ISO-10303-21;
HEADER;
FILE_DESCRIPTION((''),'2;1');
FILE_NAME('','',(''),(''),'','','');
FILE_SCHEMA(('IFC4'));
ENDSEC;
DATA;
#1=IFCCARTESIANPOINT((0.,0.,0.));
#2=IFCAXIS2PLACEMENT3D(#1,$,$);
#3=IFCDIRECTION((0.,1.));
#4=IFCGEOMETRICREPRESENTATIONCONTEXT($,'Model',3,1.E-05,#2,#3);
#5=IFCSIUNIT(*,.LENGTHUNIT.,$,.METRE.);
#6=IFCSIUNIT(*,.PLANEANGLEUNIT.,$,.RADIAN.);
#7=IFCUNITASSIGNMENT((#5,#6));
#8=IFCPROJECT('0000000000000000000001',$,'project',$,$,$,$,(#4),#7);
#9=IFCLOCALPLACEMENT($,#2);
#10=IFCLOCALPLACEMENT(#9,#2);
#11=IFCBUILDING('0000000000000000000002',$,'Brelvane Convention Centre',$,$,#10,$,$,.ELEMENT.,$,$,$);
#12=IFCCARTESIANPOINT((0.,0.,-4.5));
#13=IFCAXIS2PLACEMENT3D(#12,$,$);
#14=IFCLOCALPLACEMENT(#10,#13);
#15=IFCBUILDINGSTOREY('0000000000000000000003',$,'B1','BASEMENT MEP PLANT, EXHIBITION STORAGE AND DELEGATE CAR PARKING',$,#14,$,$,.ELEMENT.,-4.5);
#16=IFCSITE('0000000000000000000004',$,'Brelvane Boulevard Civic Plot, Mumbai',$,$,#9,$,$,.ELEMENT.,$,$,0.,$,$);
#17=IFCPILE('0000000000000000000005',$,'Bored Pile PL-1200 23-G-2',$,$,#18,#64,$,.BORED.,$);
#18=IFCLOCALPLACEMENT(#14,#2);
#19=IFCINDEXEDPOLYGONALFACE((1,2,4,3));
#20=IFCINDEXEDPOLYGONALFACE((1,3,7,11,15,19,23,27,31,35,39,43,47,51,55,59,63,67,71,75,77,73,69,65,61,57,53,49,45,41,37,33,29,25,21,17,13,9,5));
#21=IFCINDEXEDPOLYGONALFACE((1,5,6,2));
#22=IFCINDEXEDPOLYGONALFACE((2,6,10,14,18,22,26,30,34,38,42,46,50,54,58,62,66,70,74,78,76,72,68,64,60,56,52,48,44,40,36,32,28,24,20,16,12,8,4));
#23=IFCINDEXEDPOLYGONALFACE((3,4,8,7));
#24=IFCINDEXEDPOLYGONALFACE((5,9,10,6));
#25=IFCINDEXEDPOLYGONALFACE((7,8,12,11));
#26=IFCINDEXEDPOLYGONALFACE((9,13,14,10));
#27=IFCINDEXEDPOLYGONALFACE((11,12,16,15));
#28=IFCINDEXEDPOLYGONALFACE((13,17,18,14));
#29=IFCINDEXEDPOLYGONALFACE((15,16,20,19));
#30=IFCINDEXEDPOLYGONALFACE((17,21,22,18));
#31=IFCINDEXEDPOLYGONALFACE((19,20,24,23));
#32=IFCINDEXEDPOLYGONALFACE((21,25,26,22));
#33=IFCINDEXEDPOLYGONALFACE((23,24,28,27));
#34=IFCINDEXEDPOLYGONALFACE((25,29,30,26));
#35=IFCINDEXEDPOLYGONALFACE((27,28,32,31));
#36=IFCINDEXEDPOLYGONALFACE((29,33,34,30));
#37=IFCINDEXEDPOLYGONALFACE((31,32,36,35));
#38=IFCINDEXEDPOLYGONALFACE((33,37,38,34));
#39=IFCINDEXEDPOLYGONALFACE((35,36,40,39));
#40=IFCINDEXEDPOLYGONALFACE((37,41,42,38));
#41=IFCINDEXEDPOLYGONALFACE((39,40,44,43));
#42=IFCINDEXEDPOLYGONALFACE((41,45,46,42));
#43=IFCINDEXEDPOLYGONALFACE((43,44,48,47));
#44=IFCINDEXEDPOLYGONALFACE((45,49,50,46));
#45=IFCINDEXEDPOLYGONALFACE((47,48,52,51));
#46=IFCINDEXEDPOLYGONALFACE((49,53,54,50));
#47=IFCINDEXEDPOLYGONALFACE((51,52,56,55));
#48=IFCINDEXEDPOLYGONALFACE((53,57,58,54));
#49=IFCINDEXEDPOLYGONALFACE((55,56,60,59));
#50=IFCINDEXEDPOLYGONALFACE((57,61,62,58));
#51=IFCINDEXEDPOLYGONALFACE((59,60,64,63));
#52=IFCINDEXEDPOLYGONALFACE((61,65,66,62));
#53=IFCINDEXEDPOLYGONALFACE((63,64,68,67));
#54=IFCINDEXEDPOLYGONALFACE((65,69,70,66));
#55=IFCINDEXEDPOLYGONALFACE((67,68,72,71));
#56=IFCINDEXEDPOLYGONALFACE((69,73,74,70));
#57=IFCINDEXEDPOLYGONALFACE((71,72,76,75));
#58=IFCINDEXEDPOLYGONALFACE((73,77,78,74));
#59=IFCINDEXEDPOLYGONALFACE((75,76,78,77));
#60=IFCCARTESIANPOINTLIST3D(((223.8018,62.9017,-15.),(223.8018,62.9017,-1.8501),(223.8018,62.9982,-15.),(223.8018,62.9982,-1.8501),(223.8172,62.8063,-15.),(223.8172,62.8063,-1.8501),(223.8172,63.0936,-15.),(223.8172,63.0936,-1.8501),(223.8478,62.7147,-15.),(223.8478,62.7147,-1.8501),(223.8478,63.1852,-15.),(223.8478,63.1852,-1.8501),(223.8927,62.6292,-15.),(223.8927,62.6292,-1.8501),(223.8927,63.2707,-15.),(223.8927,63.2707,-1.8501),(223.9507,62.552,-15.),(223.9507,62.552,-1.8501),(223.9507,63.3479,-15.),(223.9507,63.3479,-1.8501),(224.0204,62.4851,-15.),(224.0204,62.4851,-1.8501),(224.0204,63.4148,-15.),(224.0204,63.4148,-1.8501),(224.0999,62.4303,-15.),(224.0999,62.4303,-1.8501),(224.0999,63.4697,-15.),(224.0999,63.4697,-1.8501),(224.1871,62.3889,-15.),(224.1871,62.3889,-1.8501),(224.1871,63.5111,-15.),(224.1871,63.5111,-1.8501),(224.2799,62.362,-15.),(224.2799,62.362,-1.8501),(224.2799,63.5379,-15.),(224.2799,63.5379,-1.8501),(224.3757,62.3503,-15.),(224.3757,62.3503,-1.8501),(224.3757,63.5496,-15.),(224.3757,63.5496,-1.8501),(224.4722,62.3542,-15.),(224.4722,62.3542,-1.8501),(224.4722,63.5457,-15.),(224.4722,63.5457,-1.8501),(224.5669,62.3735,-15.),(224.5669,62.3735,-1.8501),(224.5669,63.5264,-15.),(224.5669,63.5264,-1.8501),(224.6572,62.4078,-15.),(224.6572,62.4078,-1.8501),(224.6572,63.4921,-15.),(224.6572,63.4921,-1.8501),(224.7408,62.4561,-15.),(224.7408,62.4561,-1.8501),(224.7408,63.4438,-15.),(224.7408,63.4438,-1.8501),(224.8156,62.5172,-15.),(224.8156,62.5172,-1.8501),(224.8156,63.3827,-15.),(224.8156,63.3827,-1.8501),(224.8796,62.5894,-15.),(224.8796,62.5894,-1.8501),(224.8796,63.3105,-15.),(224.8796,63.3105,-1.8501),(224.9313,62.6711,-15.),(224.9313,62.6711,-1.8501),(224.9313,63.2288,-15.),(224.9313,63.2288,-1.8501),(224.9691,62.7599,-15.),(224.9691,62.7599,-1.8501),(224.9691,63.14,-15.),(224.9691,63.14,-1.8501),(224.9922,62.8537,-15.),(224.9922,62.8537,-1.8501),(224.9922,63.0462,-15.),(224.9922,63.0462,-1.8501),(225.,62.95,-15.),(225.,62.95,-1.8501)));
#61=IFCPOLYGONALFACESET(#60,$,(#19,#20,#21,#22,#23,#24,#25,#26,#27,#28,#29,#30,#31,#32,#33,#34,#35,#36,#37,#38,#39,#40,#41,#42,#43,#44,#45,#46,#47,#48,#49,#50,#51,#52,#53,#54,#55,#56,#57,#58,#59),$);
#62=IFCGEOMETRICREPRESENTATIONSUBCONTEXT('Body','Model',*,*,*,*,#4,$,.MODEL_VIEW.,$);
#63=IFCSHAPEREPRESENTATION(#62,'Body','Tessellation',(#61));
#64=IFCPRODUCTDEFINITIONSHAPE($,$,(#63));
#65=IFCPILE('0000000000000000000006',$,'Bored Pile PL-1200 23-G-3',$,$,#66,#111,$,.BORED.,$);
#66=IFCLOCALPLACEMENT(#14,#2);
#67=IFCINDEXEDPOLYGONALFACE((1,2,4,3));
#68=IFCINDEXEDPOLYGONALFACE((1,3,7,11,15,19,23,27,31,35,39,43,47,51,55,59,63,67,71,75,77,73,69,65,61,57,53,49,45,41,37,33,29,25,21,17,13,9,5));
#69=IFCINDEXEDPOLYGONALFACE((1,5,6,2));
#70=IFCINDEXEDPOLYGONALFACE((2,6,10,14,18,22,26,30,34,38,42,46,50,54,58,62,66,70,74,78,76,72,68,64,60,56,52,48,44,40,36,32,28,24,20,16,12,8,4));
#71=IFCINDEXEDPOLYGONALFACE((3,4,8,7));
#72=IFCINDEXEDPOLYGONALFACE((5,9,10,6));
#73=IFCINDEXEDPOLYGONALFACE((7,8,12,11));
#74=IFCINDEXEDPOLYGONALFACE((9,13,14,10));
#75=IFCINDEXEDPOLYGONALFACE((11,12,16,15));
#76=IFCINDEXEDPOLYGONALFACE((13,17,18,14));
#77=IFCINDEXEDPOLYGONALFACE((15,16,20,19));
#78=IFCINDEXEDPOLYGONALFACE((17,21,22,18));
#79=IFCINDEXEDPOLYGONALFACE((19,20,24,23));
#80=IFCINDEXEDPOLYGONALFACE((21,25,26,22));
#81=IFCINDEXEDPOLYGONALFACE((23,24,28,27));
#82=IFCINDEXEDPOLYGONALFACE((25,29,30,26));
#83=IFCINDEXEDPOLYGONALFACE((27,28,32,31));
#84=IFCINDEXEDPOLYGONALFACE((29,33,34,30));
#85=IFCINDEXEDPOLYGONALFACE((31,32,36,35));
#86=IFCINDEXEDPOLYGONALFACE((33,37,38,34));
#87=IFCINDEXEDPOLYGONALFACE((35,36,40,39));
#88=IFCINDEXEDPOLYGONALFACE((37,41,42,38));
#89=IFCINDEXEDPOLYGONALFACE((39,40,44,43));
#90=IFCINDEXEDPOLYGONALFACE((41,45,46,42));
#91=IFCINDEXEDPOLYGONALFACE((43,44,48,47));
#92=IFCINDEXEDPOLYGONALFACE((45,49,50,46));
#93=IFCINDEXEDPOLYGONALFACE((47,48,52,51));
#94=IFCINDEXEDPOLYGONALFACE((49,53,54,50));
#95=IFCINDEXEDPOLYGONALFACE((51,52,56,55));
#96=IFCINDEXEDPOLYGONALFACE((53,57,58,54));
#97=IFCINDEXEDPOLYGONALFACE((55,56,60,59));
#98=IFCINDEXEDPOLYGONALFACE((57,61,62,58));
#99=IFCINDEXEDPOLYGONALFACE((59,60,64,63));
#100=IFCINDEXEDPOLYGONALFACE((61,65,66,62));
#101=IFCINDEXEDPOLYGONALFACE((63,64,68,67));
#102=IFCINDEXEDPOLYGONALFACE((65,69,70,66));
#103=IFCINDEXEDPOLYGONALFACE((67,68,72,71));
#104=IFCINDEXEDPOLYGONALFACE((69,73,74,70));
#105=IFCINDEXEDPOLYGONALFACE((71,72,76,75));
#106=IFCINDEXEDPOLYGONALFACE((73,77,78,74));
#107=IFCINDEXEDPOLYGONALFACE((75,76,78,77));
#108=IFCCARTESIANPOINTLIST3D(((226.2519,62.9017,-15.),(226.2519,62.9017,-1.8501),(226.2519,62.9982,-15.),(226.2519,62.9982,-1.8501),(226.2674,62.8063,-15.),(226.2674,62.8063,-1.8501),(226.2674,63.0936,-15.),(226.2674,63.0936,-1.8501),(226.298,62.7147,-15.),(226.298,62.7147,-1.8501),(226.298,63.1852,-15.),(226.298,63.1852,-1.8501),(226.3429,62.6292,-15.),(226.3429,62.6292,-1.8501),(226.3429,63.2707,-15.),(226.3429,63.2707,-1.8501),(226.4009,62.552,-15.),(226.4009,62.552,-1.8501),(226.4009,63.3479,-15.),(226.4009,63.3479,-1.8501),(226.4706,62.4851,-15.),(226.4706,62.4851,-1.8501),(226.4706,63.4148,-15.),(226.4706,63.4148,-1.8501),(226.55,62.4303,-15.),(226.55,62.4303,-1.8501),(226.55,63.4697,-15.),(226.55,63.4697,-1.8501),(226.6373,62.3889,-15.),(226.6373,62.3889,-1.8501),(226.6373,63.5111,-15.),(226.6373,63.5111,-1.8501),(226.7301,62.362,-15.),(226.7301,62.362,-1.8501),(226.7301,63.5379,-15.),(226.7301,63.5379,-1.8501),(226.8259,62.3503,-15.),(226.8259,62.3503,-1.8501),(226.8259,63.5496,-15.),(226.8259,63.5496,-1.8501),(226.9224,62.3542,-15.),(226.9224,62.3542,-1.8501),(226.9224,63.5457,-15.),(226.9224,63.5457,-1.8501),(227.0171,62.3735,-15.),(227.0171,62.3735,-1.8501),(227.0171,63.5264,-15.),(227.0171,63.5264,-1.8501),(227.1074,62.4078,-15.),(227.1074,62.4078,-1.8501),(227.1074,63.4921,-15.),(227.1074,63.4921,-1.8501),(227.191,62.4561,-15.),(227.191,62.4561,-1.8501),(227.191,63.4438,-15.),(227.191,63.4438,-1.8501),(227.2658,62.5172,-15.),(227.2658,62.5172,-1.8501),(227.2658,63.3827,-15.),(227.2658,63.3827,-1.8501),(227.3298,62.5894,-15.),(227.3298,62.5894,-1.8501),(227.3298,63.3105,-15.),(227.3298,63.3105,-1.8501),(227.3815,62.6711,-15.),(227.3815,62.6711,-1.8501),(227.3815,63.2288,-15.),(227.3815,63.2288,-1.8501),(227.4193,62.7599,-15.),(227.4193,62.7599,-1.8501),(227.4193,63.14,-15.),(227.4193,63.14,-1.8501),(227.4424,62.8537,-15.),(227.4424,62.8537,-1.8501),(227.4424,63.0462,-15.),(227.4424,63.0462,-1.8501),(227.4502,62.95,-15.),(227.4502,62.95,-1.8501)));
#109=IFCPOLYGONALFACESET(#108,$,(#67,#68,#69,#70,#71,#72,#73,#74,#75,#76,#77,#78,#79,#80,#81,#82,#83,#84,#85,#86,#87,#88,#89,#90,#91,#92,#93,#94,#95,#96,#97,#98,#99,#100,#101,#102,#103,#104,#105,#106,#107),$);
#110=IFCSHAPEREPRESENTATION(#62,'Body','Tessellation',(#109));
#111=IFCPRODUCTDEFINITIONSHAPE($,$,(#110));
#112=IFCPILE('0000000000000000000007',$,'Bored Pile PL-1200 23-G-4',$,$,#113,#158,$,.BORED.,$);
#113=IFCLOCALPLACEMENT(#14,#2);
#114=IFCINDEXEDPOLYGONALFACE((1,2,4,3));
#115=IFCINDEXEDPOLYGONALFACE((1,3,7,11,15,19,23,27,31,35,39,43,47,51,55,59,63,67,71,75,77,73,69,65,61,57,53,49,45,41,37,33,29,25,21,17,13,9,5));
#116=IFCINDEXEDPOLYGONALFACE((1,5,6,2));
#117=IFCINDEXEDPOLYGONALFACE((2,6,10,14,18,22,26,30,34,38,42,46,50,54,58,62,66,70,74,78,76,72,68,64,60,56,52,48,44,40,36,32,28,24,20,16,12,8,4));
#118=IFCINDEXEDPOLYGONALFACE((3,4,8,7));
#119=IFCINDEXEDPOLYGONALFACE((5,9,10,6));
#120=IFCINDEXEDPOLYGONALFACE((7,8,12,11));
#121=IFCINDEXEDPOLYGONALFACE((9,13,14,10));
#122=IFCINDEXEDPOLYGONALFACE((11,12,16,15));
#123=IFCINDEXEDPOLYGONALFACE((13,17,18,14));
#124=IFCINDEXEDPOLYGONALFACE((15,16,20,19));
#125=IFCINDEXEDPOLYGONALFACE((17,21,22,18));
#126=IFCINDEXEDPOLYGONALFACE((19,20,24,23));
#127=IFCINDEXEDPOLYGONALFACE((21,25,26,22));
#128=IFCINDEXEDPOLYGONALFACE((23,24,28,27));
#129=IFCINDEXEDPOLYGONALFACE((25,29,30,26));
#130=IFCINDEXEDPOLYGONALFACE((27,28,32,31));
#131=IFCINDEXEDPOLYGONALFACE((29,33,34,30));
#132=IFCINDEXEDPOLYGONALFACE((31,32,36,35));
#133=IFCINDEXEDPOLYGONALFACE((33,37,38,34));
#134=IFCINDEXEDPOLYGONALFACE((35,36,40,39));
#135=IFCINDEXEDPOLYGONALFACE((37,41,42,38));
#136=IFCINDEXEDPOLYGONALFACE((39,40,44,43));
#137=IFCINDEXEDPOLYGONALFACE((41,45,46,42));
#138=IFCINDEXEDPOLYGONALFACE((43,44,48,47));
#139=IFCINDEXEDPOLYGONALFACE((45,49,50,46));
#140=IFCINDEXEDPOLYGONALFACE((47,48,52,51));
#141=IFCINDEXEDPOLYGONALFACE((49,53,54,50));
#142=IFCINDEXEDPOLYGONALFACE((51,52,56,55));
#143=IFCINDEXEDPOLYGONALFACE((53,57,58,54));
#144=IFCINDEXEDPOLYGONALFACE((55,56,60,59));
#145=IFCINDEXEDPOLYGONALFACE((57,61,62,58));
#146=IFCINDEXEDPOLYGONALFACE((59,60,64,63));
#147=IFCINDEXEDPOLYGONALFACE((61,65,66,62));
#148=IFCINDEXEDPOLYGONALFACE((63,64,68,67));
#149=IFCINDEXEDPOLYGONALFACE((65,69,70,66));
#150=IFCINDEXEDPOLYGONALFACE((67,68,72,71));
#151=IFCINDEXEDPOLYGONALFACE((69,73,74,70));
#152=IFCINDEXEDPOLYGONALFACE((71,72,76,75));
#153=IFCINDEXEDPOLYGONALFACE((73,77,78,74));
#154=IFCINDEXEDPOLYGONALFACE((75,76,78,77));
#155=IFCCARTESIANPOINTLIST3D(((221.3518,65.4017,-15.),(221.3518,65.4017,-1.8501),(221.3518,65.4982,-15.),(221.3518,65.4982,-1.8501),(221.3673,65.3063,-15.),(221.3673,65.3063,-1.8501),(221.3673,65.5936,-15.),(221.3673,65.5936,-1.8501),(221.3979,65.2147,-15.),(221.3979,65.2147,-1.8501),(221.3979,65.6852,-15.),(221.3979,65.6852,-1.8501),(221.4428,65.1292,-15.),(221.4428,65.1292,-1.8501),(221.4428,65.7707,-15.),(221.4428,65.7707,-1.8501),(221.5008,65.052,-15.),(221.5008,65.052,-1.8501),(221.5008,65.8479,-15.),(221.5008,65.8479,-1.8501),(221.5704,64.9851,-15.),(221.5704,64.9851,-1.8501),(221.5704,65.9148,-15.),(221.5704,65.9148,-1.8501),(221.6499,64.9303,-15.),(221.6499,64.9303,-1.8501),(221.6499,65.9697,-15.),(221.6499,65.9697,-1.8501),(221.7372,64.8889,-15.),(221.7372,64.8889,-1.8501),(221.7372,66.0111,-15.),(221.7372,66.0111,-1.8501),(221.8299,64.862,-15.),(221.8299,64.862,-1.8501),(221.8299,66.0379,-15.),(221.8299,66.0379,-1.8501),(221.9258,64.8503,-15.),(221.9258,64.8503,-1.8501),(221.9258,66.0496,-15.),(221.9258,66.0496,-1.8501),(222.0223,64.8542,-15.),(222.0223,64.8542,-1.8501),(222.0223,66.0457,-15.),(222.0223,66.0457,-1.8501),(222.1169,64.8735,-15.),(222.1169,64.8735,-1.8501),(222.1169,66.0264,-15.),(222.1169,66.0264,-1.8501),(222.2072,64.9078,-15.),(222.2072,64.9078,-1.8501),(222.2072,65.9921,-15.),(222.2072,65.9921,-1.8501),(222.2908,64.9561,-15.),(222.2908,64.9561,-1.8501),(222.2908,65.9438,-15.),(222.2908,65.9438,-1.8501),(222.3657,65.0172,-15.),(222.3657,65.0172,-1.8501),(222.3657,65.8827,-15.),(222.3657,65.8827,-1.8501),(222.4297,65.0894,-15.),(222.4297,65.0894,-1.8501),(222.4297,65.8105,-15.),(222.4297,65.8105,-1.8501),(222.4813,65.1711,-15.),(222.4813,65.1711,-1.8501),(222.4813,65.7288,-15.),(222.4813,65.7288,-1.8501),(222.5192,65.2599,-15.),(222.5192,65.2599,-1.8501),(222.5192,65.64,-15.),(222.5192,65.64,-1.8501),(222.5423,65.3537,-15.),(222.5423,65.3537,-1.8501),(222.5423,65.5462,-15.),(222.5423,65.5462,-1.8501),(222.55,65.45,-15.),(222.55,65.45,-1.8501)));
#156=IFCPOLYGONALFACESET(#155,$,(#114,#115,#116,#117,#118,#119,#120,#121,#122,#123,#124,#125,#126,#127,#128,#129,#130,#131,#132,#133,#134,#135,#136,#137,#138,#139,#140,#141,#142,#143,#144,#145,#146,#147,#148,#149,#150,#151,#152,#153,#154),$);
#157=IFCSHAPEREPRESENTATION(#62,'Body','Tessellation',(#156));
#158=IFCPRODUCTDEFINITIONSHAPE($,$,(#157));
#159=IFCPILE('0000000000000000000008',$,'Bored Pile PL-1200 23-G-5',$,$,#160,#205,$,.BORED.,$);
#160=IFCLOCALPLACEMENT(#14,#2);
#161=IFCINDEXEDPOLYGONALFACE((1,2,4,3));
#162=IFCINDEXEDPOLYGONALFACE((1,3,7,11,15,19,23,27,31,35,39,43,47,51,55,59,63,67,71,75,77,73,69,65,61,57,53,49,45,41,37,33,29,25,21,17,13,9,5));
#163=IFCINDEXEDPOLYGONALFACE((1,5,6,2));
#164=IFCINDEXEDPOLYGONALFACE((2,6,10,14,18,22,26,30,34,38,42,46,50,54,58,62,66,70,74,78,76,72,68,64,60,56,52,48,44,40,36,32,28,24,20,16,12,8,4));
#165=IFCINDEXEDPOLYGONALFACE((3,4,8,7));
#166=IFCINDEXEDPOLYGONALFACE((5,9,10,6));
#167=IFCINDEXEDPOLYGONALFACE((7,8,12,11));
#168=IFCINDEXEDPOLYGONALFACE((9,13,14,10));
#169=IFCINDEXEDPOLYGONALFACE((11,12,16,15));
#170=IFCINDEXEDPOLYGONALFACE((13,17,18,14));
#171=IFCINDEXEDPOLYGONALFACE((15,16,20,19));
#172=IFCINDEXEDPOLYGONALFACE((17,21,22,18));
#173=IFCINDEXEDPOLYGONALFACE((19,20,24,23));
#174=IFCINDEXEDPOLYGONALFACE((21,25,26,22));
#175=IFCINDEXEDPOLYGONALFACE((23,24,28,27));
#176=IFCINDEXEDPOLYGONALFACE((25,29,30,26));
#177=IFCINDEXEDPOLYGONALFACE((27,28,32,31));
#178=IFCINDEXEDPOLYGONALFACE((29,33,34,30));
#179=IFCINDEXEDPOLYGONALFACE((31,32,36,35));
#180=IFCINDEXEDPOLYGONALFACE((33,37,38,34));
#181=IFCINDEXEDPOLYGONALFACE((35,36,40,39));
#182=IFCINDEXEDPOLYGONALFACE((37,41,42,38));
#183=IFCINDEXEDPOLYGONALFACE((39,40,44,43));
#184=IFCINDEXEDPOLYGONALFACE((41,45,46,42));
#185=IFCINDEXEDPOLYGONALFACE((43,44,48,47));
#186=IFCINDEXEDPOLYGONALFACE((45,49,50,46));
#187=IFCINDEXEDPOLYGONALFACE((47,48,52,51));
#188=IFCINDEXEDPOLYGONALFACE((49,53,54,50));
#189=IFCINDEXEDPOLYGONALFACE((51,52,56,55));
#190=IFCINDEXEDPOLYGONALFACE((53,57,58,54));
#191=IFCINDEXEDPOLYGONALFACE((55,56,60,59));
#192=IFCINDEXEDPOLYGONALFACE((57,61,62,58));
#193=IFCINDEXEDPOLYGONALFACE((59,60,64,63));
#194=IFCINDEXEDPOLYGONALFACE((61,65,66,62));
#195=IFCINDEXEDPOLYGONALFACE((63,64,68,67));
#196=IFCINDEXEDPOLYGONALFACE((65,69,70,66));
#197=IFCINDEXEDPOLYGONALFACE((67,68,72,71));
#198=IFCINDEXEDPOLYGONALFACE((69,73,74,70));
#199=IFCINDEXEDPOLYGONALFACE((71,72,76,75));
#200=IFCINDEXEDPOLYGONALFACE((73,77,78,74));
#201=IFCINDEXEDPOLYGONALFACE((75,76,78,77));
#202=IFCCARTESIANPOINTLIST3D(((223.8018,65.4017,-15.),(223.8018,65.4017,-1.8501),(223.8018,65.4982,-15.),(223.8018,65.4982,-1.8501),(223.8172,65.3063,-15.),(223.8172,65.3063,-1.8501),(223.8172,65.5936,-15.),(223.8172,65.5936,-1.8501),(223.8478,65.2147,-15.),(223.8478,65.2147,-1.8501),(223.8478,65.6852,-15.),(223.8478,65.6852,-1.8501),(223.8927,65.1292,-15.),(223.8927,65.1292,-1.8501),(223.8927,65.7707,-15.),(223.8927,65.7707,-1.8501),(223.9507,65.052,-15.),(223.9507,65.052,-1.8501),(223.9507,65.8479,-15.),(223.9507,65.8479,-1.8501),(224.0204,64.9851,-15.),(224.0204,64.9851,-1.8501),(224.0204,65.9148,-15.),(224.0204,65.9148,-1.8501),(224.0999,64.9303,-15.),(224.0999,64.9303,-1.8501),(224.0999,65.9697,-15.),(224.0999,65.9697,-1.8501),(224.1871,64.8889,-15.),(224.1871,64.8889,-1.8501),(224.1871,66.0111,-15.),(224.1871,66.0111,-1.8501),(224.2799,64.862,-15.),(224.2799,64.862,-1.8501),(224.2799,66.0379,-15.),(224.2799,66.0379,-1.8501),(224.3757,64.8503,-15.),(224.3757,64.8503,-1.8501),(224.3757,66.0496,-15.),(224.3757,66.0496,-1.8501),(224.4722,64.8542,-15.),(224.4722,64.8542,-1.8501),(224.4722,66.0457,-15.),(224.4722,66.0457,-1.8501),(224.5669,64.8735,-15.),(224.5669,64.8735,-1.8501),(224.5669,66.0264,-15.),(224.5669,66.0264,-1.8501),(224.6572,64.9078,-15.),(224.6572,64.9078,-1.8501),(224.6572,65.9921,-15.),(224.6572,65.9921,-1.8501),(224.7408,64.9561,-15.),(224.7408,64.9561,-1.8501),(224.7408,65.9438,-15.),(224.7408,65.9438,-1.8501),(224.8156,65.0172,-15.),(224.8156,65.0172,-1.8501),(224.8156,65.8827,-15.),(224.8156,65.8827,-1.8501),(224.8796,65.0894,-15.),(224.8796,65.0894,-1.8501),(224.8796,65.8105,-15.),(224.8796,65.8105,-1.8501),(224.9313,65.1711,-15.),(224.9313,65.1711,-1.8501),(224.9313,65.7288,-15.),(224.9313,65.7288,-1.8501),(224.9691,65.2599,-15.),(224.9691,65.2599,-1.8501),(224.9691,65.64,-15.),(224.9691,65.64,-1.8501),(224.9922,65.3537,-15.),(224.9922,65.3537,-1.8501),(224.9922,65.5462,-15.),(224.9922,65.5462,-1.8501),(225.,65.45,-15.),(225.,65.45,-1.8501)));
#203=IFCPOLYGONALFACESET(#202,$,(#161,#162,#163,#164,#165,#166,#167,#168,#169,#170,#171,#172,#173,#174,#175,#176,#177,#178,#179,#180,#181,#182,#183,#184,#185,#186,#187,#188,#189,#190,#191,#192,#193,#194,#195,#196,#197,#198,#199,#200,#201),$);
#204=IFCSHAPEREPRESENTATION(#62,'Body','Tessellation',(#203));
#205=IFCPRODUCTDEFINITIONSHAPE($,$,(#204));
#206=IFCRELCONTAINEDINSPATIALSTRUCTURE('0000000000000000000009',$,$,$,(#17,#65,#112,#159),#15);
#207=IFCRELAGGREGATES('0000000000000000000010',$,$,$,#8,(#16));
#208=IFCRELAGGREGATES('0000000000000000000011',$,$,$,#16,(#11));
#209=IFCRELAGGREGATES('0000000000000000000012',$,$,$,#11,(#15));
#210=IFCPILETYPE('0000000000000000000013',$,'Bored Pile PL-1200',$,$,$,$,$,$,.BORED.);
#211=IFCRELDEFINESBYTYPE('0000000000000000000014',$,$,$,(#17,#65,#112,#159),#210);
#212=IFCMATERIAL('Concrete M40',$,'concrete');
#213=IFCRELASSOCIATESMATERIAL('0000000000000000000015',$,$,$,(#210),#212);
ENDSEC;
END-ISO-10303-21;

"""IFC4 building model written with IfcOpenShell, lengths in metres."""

from ifc_helpers import new_model, si_unit, direction, frame, origin, origin_2d, place, context, subcontext, project, spatial, circle, extrude, material, material_profile, profile_set, type_object, element, save


model = new_model("IFC4")

# Units and contexts
model_context = context("Model", 3, precision=1e-05, world=origin(), true_north=direction((0.0, 1.0)))
body_context = subcontext(model_context, "Body", "Model", "MODEL_VIEW")
ifc_project = project(units=[si_unit("LENGTHUNIT", "METRE"), si_unit("PLANEANGLEUNIT", "RADIAN")], contexts=[model_context])

# Site, building, storey
site_placement = place(None, origin())
site = spatial("IfcSite", under=ifc_project, at=site_placement, Name="Brelvane Boulevard Civic Plot, Mumbai", CompositionType="ELEMENT", RefElevation=0.0)
building_placement = place(site_placement, origin())
building = spatial("IfcBuilding", under=site, at=building_placement, Name="Brelvane Convention Centre", CompositionType="ELEMENT")
storey_placement = place(building_placement, frame((0.0, 0.0, -4.5)))
storey = spatial("IfcBuildingStorey", under=building, at=storey_placement, Name="B1", Description="BASEMENT MEP PLANT, EXHIBITION STORAGE AND DELEGATE CAR PARKING", CompositionType="ELEMENT", Elevation=-4.5)

# Piles
ifc_material_1 = material(Name="Concrete M40", Category="concrete")
ifc_material_profile_1 = material_profile(ifc_material_1, circle(Radius=0.6001, at=origin_2d()), Name="PILE D1200")
ifc_profile_set_1 = profile_set([ifc_material_profile_1], Name="Concrete M40")
pile_type_1 = type_object("IfcPileType", Name="Bored Pile PL-1200", PredefinedType="BORED", material=ifc_profile_set_1)
for number, where, z_axis, x_axis, name in (
    (1, (224.3999, 62.95, -1.8501), (0.0, 0.0, -1.0), (1.0, 0.0, 0.0), "Bored Pile PL-1200 23-G-2"),
    (2, (226.8501, 62.95, -1.8501), (0.0, 0.0, -1.0), (1.0, 0.0, 0.0), "Bored Pile PL-1200 23-G-3"),
    (3, (221.95, 65.45, -1.8501), (0.0, 0.0, -1.0), (1.0, 0.0, 0.0), "Bored Pile PL-1200 23-G-4"),
    (4, (224.3999, 65.45, -1.8501), (0.0, 0.0, -1.0), (1.0, 0.0, 0.0), "Bored Pile PL-1200 23-G-5"),
):
    element("IfcPile", number, at=place(storey_placement, frame(where, z_axis=z_axis, x_axis=x_axis)), inside=storey, type_object=pile_type_1, Name=name, PredefinedType="BORED", context=body_context, shape_type="SweptSolid", body=[
        extrude(circle(Radius=0.6001, at=origin_2d()), origin(), (0.0, 0.0, 1.0), 13.1499),
    ])

save(model, "model.ifc")
